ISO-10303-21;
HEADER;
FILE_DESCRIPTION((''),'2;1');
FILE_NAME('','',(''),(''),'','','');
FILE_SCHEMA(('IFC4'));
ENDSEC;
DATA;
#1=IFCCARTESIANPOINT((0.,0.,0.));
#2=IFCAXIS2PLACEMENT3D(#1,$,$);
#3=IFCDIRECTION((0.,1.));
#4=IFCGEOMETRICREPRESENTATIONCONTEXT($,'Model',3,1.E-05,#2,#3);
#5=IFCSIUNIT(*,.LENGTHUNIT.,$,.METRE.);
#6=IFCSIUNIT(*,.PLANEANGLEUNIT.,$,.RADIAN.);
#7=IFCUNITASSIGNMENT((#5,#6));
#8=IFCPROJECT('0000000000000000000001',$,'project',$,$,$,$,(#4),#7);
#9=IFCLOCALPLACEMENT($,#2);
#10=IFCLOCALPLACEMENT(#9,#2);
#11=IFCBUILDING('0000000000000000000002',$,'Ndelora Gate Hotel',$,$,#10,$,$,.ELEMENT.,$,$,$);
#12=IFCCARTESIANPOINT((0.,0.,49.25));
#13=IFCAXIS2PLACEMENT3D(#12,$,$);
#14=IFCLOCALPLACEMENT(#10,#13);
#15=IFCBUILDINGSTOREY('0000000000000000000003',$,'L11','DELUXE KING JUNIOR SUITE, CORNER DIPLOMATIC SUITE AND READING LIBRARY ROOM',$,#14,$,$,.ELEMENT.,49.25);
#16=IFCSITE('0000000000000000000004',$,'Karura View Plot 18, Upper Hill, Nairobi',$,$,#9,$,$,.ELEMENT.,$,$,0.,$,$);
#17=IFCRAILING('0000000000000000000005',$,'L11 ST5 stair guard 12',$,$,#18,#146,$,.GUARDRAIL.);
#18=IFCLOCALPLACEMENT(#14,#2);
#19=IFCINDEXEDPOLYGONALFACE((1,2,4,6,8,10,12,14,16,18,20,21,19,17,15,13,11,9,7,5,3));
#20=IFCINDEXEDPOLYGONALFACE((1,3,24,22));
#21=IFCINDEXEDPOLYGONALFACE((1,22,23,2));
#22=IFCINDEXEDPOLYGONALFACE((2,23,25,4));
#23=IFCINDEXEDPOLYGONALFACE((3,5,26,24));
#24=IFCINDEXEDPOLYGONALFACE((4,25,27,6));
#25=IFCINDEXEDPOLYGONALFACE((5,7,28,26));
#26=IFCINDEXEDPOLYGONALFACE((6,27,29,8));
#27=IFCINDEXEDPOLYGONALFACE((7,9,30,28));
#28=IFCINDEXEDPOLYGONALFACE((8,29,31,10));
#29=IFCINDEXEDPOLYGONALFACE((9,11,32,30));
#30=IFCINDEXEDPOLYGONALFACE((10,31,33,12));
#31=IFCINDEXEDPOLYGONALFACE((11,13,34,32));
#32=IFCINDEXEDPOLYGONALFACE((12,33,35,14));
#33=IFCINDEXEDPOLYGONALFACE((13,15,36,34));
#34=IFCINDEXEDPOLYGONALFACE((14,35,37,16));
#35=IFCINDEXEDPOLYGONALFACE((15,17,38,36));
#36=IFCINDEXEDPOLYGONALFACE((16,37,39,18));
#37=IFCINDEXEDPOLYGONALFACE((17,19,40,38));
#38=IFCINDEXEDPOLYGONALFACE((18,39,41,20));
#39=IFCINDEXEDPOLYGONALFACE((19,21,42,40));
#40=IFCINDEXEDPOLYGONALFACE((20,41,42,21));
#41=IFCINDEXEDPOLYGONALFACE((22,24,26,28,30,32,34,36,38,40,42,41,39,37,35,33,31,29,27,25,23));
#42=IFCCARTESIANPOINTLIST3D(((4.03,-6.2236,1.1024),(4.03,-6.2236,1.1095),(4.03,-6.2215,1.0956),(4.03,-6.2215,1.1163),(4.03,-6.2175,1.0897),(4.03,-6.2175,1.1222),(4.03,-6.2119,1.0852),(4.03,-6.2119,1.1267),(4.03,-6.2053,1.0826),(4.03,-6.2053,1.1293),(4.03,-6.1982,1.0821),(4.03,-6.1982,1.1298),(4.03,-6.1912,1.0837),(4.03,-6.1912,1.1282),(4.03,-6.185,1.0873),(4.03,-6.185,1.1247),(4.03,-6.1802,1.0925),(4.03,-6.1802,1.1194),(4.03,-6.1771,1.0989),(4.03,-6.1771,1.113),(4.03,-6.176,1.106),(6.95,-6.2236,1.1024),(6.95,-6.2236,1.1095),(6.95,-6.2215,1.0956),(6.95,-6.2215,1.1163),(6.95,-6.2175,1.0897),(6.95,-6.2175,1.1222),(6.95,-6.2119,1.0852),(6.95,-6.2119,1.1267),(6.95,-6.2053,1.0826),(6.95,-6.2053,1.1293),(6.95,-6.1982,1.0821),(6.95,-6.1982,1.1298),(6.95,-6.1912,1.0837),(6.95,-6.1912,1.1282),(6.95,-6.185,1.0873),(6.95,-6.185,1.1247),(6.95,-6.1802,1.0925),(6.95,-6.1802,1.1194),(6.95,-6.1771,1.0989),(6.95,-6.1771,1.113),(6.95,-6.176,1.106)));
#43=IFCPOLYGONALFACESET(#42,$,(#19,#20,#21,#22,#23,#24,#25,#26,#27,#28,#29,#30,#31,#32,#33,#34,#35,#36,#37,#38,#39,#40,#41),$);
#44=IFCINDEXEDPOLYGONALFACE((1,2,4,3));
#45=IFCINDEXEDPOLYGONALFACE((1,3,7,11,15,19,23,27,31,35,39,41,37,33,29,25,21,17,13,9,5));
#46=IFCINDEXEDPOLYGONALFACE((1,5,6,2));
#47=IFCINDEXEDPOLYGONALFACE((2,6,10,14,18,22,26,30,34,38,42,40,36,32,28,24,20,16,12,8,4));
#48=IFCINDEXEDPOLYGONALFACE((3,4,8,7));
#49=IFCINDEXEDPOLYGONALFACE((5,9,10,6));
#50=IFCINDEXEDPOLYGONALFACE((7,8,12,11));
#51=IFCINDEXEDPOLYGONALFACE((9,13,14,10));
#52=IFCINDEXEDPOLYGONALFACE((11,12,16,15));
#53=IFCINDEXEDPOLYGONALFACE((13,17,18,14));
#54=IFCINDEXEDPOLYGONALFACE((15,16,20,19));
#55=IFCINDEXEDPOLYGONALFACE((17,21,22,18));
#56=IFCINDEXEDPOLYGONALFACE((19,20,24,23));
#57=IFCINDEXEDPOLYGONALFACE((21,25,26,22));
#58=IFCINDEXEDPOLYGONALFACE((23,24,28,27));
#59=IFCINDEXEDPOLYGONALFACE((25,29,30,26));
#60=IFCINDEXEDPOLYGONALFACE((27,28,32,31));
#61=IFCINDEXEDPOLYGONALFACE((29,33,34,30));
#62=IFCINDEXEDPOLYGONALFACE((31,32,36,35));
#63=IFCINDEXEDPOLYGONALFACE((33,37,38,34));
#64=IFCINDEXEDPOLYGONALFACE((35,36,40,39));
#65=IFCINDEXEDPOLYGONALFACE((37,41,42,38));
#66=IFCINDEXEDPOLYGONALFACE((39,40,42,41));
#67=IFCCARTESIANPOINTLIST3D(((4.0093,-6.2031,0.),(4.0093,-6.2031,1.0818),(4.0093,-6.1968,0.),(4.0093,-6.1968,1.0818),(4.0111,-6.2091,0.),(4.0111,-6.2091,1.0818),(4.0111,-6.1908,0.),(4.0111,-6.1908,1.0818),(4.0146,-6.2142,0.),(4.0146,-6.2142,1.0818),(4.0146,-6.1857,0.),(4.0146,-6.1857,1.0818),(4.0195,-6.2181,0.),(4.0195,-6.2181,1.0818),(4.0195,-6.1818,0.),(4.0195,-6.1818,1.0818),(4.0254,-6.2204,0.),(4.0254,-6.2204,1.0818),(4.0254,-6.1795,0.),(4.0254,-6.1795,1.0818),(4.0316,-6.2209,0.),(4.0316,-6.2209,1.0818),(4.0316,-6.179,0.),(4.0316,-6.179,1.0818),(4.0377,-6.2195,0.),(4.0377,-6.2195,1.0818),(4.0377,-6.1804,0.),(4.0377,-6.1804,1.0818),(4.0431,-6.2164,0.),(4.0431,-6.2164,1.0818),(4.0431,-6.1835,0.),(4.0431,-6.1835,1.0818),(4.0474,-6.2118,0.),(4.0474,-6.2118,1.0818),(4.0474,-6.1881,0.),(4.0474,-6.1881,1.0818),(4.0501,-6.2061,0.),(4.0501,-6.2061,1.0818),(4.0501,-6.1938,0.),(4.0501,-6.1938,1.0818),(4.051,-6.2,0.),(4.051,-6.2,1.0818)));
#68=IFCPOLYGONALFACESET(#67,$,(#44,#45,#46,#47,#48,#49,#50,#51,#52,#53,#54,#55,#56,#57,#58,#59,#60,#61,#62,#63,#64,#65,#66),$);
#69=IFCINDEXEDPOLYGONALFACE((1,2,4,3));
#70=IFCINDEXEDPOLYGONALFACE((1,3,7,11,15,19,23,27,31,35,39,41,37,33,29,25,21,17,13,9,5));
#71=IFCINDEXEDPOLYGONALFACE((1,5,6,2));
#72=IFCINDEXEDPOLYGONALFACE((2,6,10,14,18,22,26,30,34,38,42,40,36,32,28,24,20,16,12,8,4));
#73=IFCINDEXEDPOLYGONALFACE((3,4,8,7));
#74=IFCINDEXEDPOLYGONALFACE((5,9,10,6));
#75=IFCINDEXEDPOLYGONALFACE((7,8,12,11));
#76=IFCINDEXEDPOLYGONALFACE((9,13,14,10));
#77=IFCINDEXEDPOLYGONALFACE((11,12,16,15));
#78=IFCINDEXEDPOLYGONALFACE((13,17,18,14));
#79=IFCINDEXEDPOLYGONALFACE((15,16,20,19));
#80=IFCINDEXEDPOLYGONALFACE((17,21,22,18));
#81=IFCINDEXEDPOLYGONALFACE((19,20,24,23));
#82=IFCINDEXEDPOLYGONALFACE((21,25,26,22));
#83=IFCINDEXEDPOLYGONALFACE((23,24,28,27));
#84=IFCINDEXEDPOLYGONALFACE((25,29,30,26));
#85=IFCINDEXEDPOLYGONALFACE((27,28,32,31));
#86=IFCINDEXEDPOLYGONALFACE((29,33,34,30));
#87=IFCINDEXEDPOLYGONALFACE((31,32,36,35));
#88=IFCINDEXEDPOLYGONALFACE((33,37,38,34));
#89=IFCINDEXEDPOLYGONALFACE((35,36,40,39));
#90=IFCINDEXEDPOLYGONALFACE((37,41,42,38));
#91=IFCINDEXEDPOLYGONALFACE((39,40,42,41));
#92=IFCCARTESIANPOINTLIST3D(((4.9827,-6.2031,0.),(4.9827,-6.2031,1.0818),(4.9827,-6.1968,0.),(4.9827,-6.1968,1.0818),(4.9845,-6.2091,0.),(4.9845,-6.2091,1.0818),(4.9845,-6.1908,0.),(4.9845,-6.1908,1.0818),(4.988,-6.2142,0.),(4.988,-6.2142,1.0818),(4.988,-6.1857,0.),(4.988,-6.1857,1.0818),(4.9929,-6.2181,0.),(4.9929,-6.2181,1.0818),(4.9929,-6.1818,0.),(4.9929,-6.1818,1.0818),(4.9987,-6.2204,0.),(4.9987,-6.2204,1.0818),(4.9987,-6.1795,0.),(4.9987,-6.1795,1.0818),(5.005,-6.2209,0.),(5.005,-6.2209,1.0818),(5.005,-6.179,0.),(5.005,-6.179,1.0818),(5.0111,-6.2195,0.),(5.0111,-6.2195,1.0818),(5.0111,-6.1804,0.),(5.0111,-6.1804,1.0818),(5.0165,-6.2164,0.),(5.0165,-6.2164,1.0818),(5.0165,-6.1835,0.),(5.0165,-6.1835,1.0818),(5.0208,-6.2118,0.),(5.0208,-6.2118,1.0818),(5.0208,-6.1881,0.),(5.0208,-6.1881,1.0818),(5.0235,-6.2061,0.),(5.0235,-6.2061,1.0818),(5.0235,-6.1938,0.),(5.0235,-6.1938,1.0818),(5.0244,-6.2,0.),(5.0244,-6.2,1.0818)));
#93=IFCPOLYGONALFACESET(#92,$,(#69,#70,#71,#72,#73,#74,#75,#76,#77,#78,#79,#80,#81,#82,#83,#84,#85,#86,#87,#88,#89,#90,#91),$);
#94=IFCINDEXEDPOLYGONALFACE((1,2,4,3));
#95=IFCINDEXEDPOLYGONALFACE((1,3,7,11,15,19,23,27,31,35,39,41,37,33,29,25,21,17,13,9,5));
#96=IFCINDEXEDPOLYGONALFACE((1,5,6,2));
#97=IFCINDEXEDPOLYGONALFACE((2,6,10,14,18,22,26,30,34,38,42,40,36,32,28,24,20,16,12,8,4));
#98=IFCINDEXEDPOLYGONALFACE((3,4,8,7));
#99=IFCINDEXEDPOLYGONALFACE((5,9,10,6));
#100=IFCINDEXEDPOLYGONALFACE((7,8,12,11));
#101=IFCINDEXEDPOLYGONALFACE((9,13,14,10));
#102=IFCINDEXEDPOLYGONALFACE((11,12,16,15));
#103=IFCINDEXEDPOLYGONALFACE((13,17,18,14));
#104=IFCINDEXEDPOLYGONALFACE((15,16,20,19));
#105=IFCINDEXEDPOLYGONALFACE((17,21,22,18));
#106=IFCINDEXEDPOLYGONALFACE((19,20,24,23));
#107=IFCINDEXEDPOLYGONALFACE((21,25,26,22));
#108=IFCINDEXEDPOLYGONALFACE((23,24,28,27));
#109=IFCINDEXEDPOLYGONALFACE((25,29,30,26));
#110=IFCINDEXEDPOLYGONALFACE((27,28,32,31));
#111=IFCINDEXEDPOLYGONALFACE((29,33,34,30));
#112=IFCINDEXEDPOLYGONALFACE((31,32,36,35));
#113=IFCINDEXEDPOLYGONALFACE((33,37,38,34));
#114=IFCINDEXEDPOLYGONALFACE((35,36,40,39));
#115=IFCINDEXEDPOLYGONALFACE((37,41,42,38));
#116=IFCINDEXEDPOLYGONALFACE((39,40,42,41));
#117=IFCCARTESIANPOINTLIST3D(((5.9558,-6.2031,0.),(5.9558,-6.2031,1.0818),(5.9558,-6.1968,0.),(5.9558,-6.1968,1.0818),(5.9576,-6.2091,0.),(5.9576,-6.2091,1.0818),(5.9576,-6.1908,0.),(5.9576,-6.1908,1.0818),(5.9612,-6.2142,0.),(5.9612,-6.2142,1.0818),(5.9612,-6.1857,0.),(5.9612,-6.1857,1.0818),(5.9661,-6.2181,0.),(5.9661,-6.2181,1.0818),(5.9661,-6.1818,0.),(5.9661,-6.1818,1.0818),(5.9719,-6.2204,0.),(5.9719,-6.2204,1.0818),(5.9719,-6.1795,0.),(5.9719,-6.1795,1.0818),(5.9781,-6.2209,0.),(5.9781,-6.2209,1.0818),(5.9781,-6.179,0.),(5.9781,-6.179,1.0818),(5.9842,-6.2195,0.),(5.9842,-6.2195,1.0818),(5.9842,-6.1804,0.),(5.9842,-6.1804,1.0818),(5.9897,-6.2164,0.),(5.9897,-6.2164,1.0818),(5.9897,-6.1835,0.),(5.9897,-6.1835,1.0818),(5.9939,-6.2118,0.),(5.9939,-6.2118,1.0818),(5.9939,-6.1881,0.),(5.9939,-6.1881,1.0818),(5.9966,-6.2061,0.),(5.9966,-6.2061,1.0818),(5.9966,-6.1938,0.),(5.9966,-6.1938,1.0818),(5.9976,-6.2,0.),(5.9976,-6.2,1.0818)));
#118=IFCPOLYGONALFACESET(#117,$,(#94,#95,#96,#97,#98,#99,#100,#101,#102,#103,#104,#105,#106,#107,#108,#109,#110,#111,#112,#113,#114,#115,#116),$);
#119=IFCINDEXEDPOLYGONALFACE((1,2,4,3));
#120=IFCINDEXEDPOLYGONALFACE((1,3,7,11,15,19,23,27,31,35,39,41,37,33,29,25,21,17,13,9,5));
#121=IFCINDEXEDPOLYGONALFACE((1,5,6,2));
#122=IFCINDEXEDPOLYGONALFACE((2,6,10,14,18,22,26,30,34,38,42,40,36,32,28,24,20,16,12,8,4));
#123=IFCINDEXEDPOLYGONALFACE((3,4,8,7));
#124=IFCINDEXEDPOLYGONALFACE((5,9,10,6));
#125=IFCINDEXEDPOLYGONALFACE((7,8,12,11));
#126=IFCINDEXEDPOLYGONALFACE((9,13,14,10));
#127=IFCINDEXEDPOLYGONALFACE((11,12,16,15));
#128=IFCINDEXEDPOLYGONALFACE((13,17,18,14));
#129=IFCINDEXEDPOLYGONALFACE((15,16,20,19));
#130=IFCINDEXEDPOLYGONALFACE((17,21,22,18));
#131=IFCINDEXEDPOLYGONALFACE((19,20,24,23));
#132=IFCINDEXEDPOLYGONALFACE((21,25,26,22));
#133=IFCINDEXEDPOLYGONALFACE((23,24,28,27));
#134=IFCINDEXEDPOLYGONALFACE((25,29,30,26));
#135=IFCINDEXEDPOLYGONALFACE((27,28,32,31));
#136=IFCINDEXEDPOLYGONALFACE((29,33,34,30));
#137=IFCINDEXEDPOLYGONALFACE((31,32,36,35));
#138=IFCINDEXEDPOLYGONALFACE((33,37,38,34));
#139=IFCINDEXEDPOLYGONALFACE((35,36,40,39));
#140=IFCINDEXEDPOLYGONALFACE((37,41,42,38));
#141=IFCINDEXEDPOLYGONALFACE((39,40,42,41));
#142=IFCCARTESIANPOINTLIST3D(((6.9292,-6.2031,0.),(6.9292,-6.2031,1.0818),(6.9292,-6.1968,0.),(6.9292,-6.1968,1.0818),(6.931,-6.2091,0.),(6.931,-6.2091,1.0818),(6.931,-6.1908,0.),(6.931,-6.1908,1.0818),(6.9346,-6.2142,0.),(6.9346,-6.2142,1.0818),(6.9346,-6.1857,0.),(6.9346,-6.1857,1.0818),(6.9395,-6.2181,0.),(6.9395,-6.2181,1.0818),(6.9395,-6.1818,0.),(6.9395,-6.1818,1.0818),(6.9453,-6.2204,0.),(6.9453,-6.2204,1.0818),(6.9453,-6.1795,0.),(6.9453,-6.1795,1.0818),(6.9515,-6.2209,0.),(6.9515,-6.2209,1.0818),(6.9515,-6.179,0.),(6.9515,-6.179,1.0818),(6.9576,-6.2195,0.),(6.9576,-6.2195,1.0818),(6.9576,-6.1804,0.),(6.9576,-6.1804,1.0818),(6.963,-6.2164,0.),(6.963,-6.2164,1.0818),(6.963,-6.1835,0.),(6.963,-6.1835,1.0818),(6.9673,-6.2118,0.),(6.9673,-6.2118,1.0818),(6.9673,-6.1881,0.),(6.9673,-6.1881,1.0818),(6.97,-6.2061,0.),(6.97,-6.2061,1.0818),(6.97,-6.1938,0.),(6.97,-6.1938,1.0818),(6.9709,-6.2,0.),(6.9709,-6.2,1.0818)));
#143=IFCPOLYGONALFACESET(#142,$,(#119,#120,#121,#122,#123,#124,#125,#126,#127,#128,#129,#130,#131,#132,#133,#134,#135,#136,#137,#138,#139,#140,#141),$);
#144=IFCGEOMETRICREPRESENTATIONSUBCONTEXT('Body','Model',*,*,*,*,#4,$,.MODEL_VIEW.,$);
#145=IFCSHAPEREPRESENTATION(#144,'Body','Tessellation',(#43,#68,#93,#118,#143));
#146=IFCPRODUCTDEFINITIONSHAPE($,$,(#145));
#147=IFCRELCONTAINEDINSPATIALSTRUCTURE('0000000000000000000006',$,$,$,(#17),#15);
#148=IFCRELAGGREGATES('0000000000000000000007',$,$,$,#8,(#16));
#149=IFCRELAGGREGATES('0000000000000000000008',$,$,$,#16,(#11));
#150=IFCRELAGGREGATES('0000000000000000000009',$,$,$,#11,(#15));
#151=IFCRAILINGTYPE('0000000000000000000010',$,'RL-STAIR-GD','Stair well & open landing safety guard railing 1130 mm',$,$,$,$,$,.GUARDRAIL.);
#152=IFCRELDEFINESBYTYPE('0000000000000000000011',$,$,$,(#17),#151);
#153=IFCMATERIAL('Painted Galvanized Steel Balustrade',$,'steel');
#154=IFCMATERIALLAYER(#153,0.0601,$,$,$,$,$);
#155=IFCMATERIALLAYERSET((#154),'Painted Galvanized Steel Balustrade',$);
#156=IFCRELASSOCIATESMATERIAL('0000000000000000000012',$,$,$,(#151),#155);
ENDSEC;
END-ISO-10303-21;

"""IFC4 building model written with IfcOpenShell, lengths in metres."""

from ifc_helpers import new_model, si_unit, direction, frame, origin, origin_2d, place, context, subcontext, project, spatial, circle, extrude, material, layer, layer_set, type_object, element, save


model = new_model("IFC4")

# Units and contexts
model_context = context("Model", 3, precision=1e-05, world=origin(), true_north=direction((0.0, 1.0)))
body_context = subcontext(model_context, "Body", "Model", "MODEL_VIEW")
ifc_project = project(units=[si_unit("LENGTHUNIT", "METRE"), si_unit("PLANEANGLEUNIT", "RADIAN")], contexts=[model_context])

# Site, building, storey
site_placement = place(None, origin())
site = spatial("IfcSite", under=ifc_project, at=site_placement, Name="Karura View Plot 18, Upper Hill, Nairobi", CompositionType="ELEMENT", RefElevation=0.0)
building_placement = place(site_placement, origin())
building = spatial("IfcBuilding", under=site, at=building_placement, Name="Ndelora Gate Hotel", CompositionType="ELEMENT")
storey_placement = place(building_placement, frame((0.0, 0.0, 49.25)))
storey = spatial("IfcBuildingStorey", under=building, at=storey_placement, Name="L11", Description="DELUXE KING JUNIOR SUITE, CORNER DIPLOMATIC SUITE AND READING LIBRARY ROOM", CompositionType="ELEMENT", Elevation=49.25)

# Railing
ifc_material_1 = material(Name="Painted Galvanized Steel Balustrade", Category="steel")
ifc_layer_1 = layer(ifc_material_1, 0.0601)
ifc_layer_set_1 = layer_set([ifc_layer_1], Name="Painted Galvanized Steel Balustrade")
railing_type = type_object("IfcRailingType", Name="RL-STAIR-GD", Description="Stair well & open landing safety guard railing 1130 mm", PredefinedType="GUARDRAIL", material=ifc_layer_set_1)
railing_1_placement = place(storey_placement, frame((4.03, -6.2, 0.0)))
element("IfcRailing", 1, at=railing_1_placement, inside=storey, type_object=railing_type, Name="L11 ST5 stair guard 12", PredefinedType="GUARDRAIL", context=body_context, shape_type="SweptSolid", body=[
    extrude(circle(Radius=0.0239, at=origin_2d()), frame((0.0, 0.0, 1.106), z_axis=(1.0, 0.0, 0.0), x_axis=(0.0, 1.0, 0.0)), (0.0, 0.0, 1.0), 2.9199),
    extrude(circle(Radius=0.021, at=origin_2d()), origin(), (0.0, 0.0, 1.0), 1.0818),
    extrude(circle(Radius=0.021, at=origin_2d()), frame((0.9734, 0.0, 0.0)), (0.0, 0.0, 1.0), 1.0818),
    extrude(circle(Radius=0.021, at=origin_2d()), frame((1.9465, 0.0, 0.0)), (0.0, 0.0, 1.0), 1.0818),
    extrude(circle(Radius=0.021, at=origin_2d()), frame((2.9199, 0.0, 0.0)), (0.0, 0.0, 1.0), 1.0818),
])

save(model, "model.ifc")
